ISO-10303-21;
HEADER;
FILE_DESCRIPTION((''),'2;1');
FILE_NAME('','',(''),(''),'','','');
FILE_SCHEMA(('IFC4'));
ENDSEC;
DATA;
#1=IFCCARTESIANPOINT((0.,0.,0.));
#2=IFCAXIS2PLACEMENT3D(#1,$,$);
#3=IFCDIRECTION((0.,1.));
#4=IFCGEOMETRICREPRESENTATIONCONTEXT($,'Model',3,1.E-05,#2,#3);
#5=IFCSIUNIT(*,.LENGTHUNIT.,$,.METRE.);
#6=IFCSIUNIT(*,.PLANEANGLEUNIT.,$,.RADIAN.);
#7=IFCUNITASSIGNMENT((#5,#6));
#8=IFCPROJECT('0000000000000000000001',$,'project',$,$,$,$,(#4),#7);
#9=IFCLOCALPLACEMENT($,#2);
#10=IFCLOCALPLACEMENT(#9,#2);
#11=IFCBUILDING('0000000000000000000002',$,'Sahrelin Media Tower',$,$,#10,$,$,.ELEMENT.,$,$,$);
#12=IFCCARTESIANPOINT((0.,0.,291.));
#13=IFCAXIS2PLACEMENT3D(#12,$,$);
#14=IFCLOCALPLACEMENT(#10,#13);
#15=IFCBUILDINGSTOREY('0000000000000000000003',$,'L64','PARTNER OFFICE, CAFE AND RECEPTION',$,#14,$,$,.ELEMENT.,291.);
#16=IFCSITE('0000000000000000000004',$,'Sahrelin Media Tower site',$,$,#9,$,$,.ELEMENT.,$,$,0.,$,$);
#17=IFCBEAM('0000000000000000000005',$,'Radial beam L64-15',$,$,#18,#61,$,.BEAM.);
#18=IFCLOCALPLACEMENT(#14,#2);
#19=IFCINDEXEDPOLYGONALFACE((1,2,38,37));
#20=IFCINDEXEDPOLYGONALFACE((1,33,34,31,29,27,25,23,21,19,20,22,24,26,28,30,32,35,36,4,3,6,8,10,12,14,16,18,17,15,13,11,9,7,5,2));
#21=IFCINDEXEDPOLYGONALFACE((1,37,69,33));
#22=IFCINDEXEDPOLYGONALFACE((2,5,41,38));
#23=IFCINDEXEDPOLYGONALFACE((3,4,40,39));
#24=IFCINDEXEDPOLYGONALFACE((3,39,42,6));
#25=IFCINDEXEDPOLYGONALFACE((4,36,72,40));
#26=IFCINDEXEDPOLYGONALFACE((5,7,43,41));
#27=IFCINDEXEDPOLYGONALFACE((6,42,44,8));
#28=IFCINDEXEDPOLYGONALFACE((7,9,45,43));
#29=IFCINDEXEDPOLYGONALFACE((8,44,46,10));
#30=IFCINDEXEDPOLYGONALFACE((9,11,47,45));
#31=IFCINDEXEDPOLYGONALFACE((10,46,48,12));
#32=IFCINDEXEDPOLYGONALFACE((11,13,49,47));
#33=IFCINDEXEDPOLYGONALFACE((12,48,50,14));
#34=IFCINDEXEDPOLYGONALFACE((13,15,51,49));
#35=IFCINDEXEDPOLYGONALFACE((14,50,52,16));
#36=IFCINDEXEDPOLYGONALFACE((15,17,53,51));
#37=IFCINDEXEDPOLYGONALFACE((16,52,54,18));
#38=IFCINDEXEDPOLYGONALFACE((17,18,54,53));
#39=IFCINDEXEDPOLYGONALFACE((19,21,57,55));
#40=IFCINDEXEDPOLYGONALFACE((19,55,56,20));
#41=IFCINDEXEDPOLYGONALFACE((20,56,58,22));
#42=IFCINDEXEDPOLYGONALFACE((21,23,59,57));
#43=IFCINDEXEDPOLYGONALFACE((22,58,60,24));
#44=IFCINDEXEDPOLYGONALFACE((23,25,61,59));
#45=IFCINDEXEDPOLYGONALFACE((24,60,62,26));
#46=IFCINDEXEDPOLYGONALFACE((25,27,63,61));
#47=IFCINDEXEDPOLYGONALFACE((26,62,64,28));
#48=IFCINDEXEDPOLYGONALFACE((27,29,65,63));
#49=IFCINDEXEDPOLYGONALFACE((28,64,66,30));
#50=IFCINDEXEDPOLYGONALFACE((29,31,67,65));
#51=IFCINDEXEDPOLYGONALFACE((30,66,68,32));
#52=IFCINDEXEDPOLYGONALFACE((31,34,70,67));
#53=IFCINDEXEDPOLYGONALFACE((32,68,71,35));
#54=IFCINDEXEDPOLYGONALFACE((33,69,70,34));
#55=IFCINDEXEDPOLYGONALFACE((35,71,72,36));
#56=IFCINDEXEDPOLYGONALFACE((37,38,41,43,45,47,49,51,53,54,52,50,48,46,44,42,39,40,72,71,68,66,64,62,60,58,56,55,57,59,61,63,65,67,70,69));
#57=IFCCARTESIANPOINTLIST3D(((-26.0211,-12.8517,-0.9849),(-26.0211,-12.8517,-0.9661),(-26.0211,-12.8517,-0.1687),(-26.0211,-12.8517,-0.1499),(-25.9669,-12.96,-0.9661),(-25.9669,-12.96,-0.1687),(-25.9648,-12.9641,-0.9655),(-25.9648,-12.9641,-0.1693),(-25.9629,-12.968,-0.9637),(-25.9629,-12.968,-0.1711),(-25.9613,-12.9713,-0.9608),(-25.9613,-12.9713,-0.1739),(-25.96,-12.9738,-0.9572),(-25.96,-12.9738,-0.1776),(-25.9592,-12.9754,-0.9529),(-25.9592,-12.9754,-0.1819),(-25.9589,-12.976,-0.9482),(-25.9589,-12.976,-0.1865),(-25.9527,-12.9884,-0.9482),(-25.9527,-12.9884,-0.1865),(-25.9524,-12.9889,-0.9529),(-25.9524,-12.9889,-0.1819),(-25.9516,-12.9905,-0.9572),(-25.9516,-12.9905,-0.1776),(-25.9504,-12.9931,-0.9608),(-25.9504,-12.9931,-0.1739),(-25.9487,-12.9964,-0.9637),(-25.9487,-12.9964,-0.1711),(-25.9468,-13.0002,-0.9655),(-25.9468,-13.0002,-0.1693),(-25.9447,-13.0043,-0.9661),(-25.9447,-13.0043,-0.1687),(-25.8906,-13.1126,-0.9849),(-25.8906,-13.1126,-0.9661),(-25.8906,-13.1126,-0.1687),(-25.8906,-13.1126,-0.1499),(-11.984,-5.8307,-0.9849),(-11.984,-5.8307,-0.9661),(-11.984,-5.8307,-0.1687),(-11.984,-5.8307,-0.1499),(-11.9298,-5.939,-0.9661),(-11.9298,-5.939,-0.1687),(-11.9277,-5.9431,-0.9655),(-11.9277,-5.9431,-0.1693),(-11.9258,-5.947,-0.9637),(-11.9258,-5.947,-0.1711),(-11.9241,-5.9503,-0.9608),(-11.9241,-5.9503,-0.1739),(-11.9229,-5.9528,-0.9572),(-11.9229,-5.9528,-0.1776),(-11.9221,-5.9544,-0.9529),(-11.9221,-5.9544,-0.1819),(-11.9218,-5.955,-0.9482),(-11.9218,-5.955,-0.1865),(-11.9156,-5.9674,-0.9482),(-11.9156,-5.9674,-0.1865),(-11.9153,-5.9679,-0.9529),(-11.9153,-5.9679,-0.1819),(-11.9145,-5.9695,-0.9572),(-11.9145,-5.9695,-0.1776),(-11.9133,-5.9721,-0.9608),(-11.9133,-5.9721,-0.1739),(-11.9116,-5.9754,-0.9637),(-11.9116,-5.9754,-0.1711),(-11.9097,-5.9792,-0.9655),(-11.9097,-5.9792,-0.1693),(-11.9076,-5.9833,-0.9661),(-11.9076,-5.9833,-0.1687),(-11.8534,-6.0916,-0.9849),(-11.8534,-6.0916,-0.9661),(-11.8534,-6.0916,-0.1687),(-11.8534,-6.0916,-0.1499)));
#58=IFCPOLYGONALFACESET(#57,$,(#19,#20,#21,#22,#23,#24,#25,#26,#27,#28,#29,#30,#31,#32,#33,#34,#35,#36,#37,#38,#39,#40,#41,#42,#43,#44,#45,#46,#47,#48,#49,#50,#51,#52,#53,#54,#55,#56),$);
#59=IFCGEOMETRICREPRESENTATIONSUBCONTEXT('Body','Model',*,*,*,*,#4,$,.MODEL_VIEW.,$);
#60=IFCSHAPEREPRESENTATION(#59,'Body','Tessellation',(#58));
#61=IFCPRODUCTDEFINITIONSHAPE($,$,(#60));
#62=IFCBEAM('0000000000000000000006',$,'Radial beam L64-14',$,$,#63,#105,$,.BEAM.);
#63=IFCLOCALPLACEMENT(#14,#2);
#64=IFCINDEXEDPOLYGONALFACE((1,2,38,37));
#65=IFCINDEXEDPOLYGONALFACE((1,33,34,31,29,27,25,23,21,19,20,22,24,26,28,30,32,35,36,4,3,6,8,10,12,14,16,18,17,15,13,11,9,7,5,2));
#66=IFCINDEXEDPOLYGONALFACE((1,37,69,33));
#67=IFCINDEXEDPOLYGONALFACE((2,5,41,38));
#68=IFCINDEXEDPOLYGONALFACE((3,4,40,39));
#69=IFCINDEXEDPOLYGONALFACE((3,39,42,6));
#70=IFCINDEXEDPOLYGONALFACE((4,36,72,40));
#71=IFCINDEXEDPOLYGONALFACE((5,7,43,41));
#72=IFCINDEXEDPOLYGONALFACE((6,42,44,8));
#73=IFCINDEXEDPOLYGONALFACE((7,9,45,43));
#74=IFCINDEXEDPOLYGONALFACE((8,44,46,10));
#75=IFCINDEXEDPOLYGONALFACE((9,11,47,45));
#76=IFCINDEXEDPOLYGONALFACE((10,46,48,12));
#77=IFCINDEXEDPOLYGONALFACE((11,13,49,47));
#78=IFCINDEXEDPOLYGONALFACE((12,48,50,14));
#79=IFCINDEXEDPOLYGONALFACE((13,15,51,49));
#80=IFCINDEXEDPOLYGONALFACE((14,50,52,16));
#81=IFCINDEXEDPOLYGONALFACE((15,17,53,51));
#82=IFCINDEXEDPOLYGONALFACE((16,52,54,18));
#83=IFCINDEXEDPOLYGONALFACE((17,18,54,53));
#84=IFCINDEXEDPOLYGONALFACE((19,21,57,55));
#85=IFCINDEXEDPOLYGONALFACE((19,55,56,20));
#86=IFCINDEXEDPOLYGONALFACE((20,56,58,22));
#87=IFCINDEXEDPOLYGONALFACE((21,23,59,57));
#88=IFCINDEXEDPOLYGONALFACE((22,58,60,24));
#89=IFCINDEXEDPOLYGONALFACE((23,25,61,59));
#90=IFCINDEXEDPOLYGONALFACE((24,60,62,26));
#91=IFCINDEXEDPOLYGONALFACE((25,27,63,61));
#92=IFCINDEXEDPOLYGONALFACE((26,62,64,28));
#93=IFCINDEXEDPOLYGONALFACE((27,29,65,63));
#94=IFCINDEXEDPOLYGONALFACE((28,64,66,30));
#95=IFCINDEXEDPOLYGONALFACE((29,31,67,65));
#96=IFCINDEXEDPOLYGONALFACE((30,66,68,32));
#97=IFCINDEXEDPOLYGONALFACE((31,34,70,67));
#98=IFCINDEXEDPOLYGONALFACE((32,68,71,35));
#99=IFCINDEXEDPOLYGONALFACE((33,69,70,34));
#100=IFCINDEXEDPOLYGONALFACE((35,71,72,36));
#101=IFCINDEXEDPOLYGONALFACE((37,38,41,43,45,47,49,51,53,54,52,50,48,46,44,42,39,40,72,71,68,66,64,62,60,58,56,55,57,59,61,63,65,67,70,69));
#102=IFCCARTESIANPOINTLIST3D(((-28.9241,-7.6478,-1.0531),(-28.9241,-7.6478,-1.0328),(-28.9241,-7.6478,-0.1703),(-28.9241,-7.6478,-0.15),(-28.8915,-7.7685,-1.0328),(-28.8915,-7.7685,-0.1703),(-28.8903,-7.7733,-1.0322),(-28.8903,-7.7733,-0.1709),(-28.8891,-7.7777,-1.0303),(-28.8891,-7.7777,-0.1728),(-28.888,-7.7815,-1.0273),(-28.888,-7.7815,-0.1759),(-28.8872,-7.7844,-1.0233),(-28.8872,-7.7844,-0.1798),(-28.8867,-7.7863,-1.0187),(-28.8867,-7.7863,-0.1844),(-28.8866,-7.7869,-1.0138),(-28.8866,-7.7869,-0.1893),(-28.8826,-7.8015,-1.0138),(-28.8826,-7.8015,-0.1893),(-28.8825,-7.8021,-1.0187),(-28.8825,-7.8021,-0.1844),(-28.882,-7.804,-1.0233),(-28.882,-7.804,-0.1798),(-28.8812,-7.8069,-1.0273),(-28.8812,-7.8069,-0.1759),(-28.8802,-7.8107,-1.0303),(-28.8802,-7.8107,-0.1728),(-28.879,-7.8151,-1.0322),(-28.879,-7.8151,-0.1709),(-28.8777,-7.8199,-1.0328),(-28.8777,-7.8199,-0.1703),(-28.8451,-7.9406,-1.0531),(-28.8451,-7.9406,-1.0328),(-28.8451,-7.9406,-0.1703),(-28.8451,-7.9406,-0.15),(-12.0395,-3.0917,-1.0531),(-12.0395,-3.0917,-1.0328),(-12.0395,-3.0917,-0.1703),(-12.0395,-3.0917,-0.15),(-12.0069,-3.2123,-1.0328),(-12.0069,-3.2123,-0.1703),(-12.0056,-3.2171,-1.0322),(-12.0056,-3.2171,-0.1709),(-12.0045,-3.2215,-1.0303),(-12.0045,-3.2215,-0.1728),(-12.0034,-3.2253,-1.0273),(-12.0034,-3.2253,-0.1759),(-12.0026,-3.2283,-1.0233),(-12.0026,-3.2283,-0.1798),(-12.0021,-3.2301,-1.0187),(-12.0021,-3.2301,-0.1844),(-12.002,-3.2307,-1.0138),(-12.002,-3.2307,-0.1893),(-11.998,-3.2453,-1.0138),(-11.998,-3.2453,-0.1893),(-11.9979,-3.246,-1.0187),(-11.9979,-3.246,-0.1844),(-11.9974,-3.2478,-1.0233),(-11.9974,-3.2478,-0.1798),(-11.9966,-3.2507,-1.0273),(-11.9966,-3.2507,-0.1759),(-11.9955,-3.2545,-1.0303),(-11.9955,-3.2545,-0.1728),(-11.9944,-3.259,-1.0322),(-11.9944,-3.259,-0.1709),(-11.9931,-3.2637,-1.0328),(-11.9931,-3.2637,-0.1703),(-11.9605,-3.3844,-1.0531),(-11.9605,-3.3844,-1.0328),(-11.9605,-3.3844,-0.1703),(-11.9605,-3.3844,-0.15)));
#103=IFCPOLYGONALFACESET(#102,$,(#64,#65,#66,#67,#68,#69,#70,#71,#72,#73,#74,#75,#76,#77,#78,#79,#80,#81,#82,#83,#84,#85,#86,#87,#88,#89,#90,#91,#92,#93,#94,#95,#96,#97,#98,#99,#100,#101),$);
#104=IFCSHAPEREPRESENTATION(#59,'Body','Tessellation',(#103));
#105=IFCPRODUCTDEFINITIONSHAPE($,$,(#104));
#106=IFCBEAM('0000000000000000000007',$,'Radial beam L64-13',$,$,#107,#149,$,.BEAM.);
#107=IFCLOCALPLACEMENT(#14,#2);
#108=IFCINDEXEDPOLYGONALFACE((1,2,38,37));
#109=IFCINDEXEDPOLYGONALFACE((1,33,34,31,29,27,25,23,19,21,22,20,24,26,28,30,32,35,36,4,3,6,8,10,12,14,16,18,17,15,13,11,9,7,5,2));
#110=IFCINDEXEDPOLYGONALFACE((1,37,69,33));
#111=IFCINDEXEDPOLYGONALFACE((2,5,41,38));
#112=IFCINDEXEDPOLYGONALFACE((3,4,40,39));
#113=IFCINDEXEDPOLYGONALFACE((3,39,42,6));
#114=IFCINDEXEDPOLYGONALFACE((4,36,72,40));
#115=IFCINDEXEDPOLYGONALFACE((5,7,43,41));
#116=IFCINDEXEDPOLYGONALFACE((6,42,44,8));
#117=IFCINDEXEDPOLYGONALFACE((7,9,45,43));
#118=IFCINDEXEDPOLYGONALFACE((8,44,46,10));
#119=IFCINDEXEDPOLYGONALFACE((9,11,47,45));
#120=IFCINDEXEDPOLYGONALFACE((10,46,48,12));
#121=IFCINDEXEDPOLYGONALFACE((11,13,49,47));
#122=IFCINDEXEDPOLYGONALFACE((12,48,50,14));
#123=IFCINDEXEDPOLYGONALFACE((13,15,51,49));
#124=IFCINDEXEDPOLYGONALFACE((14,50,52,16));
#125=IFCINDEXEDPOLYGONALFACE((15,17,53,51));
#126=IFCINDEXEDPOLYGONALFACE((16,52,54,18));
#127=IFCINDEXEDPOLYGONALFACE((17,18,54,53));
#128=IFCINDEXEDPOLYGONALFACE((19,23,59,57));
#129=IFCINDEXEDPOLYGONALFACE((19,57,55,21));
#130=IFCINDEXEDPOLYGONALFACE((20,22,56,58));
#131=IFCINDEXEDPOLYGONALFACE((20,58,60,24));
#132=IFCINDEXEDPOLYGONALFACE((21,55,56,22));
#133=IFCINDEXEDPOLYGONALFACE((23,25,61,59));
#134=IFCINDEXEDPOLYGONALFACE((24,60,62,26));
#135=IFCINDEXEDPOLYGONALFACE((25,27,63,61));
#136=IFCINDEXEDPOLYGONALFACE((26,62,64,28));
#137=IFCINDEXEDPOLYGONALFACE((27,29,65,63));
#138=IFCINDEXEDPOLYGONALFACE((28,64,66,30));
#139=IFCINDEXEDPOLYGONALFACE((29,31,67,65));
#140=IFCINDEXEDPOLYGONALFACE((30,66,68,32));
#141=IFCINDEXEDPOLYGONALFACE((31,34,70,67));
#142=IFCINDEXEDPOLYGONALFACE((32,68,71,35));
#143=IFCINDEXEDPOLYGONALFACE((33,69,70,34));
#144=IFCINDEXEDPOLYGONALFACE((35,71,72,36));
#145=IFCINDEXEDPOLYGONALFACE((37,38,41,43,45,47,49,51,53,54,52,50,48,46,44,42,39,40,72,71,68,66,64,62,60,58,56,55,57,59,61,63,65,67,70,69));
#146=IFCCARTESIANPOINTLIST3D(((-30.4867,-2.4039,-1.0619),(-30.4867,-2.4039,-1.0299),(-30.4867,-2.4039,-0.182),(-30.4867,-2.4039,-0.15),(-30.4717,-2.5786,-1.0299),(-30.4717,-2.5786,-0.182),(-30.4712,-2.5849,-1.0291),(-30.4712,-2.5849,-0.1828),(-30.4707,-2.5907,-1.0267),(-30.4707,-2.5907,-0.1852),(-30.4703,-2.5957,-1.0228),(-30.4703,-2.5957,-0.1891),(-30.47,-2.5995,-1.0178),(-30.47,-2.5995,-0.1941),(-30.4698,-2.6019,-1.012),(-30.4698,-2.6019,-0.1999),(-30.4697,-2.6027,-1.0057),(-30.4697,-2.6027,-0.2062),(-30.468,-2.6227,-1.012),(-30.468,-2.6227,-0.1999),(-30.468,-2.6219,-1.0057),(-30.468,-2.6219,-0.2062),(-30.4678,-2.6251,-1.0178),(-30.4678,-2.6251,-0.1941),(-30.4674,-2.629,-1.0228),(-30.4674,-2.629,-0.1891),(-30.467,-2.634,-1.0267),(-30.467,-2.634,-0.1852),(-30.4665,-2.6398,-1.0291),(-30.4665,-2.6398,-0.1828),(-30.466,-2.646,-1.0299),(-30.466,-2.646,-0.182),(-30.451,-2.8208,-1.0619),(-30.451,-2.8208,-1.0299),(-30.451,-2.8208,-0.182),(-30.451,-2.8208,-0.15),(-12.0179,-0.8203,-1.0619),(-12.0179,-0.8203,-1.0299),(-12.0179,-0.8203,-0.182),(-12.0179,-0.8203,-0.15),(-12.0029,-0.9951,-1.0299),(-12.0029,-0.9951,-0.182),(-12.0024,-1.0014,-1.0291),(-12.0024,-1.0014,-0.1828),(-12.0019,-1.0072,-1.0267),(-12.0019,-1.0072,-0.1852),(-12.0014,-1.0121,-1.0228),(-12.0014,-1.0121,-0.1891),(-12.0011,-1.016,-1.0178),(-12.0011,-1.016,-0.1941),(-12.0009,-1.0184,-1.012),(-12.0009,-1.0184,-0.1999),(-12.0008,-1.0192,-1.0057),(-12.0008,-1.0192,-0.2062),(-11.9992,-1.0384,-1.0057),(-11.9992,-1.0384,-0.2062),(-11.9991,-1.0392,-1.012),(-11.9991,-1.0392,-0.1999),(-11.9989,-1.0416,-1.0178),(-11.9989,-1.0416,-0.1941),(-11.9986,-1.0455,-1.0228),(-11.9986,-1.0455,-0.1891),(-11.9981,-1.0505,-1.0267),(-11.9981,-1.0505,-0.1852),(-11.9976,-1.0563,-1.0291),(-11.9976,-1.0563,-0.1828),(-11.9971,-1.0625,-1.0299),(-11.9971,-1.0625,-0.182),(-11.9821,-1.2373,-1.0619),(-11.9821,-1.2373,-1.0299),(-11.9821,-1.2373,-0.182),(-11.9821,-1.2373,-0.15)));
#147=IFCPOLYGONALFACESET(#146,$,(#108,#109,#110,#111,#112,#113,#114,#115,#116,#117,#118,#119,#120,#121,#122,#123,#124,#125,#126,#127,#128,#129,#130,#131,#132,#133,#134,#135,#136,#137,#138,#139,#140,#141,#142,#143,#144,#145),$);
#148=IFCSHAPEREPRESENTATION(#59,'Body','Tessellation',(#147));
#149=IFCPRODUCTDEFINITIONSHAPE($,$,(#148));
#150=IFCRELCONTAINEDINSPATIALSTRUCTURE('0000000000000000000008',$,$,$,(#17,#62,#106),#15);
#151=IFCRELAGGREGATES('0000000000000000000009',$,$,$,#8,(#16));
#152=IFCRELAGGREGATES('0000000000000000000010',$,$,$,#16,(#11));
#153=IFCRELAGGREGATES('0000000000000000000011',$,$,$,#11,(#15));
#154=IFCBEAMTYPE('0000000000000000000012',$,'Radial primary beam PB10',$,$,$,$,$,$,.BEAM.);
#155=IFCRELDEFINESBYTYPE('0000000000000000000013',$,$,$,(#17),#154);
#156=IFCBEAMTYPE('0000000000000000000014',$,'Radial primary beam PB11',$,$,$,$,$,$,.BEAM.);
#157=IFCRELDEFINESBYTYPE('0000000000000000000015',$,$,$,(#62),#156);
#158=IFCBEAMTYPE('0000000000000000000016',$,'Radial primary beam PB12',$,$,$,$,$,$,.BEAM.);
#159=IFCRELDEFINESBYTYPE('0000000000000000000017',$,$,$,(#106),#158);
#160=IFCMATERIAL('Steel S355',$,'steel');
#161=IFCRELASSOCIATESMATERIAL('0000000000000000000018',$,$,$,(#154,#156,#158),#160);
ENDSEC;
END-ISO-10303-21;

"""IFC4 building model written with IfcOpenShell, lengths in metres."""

from ifc_helpers import new_model, si_unit, direction, frame, origin, origin_2d, place, context, subcontext, project, spatial, i_section, extrude, material, material_profile, profile_set, type_object, element, save


model = new_model("IFC4")

# Units and contexts
model_context = context("Model", 3, precision=1e-05, world=origin(), true_north=direction((0.0, 1.0)))
body_context = subcontext(model_context, "Body", "Model", "MODEL_VIEW")
ifc_project = project(units=[si_unit("LENGTHUNIT", "METRE"), si_unit("PLANEANGLEUNIT", "RADIAN")], contexts=[model_context])

# Site, building, storey
site_placement = place(None, origin())
site = spatial("IfcSite", under=ifc_project, at=site_placement, Name="Sahrelin Media Tower site", CompositionType="ELEMENT", RefElevation=0.0)
building_placement = place(site_placement, origin())
building = spatial("IfcBuilding", under=site, at=building_placement, Name="Sahrelin Media Tower", CompositionType="ELEMENT")
storey_placement = place(building_placement, frame((0.0, 0.0, 291.0)))
storey = spatial("IfcBuildingStorey", under=building, at=storey_placement, Name="L64", Description="PARTNER OFFICE, CAFE AND RECEPTION", CompositionType="ELEMENT", Elevation=291.0)

# Beams
ifc_material_1 = material(Name="Steel S355", Category="steel")
ifc_material_profile_1 = material_profile(ifc_material_1, i_section(OverallWidth=0.2917, OverallDepth=0.835, WebThickness=0.0139, FlangeThickness=0.0188, FilletRadius=0.0178, at=origin_2d()), Name="UB 838x292x176")
ifc_profile_set_1 = profile_set([ifc_material_profile_1], Name="Steel S355")
beam_type_1 = type_object("IfcBeamType", Name="Radial primary beam PB10", PredefinedType="BEAM", material=ifc_profile_set_1)
beam_1_placement = place(storey_placement, frame((-11.9187, -5.9612, -0.5674), z_axis=(-0.894365, -0.447338, 0.0), x_axis=(0.447338, -0.894365, 0.0)))
element("IfcBeam", 1, at=beam_1_placement, inside=storey, type_object=beam_type_1, Name="Radial beam L64-15", PredefinedType="BEAM", context=body_context, shape_type="SweptSolid", body=[
    extrude(i_section(OverallWidth=0.2917, OverallDepth=0.835, WebThickness=0.0139, FlangeThickness=0.0188, FilletRadius=0.0178, at=origin_2d()), origin(), (0.0, 0.0, 1.0), 15.6951),
])
ifc_material_profile_2 = material_profile(ifc_material_1, i_section(OverallWidth=0.3032, OverallDepth=0.9031, WebThickness=0.0151, FlangeThickness=0.0203, FilletRadius=0.019, at=origin_2d()), Name="UB 914x305x201")
ifc_profile_set_2 = profile_set([ifc_material_profile_2], Name="Steel S355")
beam_type_2 = type_object("IfcBeamType", Name="Radial primary beam PB11", PredefinedType="BEAM", material=ifc_profile_set_2)
beam_2_placement = place(storey_placement, frame((-12.0, -3.238, -0.6016), z_axis=(-0.965467, -0.260524, 0.0), x_axis=(0.260524, -0.965467, 0.0)))
element("IfcBeam", 2, at=beam_2_placement, inside=storey, type_object=beam_type_2, Name="Radial beam L64-14", PredefinedType="BEAM", context=body_context, shape_type="SweptSolid", body=[
    extrude(i_section(OverallWidth=0.3032, OverallDepth=0.9031, WebThickness=0.0151, FlangeThickness=0.0203, FilletRadius=0.019, at=origin_2d()), origin(), (0.0, 0.0, 1.0), 17.4885),
])
ifc_material_profile_3 = material_profile(ifc_material_1, i_section(OverallWidth=0.4185, OverallDepth=0.9119, WebThickness=0.0193, FlangeThickness=0.032, FilletRadius=0.0242, at=origin_2d()), Name="UB 914x419x343")
ifc_profile_set_3 = profile_set([ifc_material_profile_3], Name="Steel S355")
beam_type_3 = type_object("IfcBeamType", Name="Radial primary beam PB12", PredefinedType="BEAM", material=ifc_profile_set_3)
beam_3_placement = place(storey_placement, frame((-12.0, -1.0288, -0.606), z_axis=(-0.996345, -0.085426, 0.0), x_axis=(0.085426, -0.996345, 0.0)))
element("IfcBeam", 3, at=beam_3_placement, inside=storey, type_object=beam_type_3, Name="Radial beam L64-13", PredefinedType="BEAM", context=body_context, shape_type="SweptSolid", body=[
    extrude(i_section(OverallWidth=0.4185, OverallDepth=0.9119, WebThickness=0.0193, FlangeThickness=0.032, FilletRadius=0.0242, at=origin_2d()), origin(), (0.0, 0.0, 1.0), 18.5366),
])

save(model, "model.ifc")
